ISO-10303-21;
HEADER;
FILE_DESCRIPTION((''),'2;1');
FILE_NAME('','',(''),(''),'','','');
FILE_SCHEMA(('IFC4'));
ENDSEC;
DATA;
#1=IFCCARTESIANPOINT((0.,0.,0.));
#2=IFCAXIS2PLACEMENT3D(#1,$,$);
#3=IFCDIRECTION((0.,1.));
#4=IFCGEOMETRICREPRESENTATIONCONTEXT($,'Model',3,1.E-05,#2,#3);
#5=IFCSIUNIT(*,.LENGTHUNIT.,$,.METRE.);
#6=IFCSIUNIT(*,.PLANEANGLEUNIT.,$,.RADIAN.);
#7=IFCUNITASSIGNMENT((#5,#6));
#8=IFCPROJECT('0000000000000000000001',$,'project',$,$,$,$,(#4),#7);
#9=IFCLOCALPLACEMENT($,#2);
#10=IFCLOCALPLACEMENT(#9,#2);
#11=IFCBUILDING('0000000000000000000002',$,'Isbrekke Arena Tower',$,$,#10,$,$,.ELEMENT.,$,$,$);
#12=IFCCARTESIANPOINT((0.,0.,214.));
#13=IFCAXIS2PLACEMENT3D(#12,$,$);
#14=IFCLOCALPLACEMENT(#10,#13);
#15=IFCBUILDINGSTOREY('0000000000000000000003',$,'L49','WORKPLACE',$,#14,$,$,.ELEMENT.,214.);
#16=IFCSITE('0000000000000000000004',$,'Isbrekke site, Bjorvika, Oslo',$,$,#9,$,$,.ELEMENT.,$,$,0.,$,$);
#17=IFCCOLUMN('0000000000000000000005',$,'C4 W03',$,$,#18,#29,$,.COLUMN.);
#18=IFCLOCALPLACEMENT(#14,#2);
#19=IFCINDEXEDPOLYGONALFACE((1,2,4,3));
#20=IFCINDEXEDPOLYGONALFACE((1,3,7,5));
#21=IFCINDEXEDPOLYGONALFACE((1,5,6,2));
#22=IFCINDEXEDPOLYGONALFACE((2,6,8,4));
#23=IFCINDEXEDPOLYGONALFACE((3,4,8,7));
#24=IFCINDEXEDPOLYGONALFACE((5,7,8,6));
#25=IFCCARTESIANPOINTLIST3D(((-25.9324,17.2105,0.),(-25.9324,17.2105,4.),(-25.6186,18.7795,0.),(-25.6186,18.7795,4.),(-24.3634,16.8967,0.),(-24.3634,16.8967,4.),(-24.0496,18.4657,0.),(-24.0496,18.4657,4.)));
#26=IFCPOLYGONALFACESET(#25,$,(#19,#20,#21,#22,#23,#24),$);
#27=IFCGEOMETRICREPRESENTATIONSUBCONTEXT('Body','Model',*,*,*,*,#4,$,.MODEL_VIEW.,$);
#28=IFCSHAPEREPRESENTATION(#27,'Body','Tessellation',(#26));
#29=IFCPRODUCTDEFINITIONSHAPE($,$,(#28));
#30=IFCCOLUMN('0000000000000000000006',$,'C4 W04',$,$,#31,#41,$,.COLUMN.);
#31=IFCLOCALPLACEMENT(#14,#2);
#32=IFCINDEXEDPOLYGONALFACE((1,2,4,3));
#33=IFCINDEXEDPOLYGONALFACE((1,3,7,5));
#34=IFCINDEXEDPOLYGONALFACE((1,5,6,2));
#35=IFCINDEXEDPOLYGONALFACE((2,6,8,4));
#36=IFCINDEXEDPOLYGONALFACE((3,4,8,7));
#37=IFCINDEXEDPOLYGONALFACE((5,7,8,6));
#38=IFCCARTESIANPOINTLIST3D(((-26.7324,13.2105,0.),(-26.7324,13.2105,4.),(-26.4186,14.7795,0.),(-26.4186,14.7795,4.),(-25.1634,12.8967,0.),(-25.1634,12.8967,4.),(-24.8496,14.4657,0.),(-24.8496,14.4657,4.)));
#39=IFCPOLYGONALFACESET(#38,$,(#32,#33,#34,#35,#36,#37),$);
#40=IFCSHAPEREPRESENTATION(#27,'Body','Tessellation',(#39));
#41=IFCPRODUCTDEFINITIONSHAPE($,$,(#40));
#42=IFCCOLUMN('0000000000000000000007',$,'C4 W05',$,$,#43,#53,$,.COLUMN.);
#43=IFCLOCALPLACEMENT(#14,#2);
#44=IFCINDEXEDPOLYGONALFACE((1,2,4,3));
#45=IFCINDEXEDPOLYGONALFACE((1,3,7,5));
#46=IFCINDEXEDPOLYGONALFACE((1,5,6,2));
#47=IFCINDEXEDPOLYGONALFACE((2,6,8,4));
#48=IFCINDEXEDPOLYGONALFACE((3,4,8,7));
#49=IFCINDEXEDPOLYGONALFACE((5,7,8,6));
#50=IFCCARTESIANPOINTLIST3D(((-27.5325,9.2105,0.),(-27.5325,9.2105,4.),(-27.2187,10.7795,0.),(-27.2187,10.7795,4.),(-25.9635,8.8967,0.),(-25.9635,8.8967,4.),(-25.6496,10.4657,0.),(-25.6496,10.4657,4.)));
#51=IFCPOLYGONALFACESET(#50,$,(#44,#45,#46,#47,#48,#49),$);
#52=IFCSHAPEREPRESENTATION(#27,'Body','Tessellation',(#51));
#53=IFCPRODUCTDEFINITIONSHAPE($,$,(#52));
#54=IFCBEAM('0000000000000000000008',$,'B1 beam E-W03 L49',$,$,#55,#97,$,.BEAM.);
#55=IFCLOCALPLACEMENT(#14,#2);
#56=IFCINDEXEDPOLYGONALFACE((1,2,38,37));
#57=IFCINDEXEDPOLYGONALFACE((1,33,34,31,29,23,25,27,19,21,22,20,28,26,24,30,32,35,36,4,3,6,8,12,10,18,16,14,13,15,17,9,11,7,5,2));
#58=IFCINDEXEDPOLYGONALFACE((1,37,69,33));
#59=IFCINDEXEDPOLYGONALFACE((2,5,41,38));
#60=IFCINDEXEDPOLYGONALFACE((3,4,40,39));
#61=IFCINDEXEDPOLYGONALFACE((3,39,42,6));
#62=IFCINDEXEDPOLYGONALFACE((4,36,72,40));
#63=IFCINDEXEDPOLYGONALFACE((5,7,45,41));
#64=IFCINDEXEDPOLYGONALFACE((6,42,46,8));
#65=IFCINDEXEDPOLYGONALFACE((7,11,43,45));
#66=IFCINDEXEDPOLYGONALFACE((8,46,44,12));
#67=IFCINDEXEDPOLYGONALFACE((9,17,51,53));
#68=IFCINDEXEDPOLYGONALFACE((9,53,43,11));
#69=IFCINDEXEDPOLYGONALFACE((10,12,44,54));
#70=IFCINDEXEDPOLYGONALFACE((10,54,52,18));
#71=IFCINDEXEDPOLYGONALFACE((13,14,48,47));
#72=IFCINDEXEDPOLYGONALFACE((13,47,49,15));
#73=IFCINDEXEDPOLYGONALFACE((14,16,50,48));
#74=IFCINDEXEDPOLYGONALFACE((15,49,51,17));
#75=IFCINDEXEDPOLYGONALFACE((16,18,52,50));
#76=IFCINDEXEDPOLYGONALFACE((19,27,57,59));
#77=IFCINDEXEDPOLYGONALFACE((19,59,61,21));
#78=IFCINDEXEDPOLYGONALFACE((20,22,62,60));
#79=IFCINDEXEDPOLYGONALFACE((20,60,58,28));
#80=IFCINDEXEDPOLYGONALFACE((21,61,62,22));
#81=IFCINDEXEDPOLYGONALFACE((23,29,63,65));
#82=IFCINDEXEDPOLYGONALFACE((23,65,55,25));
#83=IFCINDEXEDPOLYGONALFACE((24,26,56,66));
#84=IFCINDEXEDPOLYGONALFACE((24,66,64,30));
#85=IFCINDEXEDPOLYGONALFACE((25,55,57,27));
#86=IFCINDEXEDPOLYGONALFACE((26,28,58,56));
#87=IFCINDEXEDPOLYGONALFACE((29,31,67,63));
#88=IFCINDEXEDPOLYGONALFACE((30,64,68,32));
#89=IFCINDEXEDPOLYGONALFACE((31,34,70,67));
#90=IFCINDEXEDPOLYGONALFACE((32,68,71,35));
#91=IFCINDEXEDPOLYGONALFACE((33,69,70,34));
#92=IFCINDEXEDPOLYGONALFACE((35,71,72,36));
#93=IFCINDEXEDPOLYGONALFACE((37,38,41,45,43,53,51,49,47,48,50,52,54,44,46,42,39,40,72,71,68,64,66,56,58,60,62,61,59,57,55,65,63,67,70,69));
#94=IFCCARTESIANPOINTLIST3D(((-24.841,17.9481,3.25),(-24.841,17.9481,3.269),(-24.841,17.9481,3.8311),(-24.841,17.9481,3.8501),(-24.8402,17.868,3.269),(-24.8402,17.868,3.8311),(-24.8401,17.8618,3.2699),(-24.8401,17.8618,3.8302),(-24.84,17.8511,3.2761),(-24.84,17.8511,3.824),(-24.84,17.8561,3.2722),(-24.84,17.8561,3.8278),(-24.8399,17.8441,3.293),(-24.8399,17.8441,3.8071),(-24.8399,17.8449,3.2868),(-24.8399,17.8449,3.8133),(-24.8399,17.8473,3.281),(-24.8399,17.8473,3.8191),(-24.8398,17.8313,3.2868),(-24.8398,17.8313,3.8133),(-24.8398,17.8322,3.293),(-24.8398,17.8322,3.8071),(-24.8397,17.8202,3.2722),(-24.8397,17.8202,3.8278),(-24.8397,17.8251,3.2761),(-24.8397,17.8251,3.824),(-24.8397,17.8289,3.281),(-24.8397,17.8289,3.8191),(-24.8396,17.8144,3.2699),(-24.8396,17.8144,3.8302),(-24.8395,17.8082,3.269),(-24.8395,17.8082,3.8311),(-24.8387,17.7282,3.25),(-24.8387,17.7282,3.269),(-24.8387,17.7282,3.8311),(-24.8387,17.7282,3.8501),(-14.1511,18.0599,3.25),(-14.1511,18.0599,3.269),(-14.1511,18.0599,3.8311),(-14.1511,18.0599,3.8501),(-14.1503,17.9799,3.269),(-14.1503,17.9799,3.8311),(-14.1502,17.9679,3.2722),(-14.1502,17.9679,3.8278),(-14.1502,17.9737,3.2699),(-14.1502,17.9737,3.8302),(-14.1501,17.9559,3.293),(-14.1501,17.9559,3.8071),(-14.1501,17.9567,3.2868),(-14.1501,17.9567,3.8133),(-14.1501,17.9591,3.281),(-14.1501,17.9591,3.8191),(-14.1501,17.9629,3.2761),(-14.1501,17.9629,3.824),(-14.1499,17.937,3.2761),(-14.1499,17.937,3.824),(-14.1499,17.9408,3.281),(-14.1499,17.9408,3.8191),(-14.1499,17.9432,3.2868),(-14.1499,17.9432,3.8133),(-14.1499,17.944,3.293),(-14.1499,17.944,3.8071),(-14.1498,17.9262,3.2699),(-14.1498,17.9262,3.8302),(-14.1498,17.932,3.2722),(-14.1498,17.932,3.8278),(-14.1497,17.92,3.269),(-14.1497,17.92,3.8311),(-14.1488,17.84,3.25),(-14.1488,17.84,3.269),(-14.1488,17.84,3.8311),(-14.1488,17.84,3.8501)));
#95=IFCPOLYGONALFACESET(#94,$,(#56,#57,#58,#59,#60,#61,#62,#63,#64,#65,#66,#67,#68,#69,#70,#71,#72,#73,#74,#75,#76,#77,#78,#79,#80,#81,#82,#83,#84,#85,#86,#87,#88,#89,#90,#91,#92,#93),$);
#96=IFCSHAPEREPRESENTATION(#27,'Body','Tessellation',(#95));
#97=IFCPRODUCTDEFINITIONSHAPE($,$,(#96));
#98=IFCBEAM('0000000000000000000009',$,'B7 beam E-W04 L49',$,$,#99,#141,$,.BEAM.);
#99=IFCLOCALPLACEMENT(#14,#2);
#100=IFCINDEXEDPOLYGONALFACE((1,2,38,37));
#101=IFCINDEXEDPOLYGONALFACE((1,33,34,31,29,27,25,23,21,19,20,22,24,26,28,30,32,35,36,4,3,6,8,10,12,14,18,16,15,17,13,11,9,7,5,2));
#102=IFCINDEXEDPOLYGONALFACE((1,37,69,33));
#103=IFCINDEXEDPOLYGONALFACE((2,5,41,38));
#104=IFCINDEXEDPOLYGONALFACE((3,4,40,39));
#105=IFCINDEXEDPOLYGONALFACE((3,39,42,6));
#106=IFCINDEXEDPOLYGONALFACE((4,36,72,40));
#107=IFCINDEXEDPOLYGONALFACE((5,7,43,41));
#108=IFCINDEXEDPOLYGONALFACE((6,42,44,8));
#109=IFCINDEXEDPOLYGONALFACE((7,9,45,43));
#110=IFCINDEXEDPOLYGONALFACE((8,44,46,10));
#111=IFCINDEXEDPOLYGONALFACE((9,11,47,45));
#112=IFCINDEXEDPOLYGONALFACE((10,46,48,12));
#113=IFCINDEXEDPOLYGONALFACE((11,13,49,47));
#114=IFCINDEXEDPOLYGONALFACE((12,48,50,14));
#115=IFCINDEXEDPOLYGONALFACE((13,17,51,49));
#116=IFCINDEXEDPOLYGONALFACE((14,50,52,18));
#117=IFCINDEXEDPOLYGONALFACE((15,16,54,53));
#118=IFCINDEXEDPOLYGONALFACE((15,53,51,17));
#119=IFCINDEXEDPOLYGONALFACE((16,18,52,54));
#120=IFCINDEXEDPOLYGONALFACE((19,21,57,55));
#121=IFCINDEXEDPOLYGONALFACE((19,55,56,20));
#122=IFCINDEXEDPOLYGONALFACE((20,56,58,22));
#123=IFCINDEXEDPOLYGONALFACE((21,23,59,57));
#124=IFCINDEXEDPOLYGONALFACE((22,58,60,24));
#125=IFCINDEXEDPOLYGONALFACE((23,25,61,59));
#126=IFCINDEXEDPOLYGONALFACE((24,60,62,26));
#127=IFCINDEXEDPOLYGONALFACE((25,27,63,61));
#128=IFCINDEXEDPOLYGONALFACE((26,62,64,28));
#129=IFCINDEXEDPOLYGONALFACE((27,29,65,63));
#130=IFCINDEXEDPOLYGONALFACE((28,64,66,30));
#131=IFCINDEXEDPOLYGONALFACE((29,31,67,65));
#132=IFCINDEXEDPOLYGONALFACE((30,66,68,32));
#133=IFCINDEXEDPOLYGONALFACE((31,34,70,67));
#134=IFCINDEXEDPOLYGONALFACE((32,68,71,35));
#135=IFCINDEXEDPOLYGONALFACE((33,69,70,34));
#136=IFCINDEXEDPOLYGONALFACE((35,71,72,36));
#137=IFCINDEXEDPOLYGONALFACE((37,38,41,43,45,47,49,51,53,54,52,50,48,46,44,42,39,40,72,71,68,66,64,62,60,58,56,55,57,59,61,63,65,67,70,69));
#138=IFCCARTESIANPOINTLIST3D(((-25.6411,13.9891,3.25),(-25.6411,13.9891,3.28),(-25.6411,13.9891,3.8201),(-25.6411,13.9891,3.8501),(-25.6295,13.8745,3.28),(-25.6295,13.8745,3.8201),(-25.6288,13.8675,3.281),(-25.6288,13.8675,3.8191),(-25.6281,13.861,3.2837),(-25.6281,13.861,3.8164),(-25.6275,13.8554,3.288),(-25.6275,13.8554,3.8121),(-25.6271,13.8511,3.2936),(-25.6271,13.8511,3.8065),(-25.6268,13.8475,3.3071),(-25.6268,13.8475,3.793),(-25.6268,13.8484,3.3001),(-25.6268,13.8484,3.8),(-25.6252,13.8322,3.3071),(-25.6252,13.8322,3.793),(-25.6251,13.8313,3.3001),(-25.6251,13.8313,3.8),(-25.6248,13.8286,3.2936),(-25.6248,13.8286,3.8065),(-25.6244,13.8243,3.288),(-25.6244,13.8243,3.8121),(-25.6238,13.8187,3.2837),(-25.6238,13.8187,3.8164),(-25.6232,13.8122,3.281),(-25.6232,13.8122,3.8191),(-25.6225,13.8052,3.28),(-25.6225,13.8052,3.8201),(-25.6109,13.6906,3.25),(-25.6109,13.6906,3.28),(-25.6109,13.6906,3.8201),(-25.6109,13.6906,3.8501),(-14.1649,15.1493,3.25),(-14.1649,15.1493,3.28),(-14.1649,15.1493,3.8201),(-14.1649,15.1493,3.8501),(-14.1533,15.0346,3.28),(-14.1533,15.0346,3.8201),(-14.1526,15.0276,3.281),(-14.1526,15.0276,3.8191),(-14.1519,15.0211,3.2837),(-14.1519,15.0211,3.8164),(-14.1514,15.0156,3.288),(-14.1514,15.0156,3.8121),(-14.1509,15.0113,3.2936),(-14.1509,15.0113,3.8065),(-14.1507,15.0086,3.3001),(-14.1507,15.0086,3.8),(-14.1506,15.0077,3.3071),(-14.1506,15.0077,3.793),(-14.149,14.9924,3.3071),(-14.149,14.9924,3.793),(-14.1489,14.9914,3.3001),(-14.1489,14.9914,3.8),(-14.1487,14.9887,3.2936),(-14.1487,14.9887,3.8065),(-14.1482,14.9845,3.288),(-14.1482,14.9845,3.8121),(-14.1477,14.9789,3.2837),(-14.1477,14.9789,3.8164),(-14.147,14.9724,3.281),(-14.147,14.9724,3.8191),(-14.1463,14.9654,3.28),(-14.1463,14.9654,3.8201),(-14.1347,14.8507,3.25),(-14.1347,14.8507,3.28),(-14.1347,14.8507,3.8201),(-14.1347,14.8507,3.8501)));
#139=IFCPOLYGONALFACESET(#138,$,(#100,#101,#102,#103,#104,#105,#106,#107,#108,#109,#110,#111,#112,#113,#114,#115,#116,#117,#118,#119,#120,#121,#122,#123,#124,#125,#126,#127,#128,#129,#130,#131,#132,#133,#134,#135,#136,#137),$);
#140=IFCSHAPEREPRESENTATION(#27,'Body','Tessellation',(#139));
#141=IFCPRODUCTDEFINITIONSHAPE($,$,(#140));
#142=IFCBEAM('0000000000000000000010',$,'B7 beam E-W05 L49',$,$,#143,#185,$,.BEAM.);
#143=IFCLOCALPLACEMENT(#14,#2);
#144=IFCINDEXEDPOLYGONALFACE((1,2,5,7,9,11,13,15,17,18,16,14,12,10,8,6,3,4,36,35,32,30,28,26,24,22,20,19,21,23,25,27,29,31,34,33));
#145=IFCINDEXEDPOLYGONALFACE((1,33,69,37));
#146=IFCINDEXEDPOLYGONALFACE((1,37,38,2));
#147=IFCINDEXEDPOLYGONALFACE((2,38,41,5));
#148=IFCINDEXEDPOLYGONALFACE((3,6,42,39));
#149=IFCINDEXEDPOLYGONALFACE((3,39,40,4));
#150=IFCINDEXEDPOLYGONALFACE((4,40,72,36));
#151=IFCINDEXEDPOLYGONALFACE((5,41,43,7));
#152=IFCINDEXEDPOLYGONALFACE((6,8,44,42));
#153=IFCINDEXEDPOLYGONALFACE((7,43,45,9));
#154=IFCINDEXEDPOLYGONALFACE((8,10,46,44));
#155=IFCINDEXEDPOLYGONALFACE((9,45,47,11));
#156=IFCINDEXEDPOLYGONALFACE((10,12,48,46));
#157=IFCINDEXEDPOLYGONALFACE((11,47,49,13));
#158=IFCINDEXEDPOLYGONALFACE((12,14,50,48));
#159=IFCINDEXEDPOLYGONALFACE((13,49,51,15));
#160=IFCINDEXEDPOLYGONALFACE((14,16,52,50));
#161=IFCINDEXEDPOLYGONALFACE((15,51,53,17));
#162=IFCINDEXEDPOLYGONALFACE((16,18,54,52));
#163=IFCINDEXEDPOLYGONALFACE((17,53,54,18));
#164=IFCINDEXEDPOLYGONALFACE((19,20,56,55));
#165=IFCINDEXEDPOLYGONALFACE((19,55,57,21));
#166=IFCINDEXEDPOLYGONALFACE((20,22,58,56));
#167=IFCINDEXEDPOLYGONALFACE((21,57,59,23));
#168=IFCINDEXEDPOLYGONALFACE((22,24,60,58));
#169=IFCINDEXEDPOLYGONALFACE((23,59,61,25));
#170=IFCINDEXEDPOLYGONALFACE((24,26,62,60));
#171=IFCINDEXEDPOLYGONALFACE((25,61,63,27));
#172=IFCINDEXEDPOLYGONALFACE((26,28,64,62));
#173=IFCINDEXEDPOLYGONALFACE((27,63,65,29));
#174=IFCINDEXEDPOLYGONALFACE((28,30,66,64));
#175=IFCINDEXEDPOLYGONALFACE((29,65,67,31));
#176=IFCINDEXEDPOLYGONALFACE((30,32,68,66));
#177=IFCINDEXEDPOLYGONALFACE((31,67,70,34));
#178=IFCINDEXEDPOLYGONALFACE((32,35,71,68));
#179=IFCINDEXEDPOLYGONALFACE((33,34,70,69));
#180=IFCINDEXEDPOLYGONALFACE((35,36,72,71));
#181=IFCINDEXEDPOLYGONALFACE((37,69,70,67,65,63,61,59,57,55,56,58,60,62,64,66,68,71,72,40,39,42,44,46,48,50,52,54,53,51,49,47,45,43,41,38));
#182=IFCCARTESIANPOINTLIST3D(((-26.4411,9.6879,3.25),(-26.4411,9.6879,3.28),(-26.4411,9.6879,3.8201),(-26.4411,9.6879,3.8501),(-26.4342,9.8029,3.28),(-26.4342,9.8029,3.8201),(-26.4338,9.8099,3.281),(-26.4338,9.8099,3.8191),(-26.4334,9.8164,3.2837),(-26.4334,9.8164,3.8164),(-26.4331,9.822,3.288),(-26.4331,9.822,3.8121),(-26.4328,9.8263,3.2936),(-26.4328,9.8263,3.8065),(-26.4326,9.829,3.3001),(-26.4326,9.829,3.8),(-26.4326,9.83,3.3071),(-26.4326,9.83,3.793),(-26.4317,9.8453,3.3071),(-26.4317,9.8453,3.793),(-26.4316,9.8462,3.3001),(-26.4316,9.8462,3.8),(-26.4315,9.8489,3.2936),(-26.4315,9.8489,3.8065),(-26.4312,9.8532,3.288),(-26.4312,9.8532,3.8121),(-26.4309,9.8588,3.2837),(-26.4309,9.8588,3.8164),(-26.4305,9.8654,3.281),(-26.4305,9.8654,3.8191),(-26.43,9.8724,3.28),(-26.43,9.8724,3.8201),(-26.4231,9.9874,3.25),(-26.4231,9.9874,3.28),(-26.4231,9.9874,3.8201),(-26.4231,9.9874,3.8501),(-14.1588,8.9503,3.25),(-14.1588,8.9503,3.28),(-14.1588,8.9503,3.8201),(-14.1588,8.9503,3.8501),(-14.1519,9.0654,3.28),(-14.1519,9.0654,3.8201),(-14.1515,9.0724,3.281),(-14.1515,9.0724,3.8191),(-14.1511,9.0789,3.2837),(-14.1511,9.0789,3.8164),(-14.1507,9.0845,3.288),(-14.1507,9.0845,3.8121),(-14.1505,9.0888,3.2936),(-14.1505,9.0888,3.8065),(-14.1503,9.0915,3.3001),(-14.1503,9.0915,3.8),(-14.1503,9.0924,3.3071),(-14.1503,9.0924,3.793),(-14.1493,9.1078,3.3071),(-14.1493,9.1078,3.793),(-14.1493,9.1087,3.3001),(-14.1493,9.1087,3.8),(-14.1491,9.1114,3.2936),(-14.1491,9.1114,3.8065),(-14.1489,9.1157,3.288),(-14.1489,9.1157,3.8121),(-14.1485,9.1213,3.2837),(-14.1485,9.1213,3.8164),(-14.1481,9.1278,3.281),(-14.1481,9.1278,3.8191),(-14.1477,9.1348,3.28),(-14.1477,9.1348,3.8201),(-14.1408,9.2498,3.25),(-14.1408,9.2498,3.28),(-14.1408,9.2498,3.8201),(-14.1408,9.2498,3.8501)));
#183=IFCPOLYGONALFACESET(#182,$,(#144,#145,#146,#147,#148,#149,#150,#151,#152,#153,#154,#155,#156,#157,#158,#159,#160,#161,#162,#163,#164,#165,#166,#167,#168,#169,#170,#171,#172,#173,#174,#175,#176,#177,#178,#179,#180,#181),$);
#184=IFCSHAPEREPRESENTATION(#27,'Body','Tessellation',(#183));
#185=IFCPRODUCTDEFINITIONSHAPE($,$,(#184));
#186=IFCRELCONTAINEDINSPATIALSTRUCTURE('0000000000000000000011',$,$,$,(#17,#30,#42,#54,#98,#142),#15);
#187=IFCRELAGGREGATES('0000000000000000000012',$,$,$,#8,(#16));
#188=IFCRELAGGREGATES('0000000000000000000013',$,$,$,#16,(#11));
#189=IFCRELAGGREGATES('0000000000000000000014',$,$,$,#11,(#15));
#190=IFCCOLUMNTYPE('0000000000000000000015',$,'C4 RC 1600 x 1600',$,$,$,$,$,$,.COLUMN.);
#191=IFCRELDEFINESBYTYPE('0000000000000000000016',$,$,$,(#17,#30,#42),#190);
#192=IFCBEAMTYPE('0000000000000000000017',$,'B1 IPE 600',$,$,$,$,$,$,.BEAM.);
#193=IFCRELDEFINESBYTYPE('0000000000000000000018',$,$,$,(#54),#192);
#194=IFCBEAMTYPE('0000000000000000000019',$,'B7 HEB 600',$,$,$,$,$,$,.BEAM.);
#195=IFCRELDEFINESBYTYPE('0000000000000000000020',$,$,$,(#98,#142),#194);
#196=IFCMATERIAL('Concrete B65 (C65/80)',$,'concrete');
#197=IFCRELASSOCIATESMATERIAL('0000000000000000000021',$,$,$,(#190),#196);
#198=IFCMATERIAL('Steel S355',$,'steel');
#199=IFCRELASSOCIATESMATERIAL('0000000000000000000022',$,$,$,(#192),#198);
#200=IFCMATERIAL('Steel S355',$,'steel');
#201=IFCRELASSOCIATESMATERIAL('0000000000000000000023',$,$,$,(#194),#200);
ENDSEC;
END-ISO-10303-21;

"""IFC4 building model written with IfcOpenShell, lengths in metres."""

from ifc_helpers import new_model, si_unit, direction, frame, origin, origin_2d, place, context, subcontext, project, spatial, rectangle, i_section, extrude, material, material_profile, profile_set, type_object, element, save


model = new_model("IFC4")

# Units and contexts
model_context = context("Model", 3, precision=1e-05, world=origin(), true_north=direction((0.0, 1.0)))
body_context = subcontext(model_context, "Body", "Model", "MODEL_VIEW")
ifc_project = project(units=[si_unit("LENGTHUNIT", "METRE"), si_unit("PLANEANGLEUNIT", "RADIAN")], contexts=[model_context])

# Site, building, storey
site_placement = place(None, origin())
site = spatial("IfcSite", under=ifc_project, at=site_placement, Name="Isbrekke site, Bjorvika, Oslo", CompositionType="ELEMENT", RefElevation=0.0)
building_placement = place(site_placement, origin())
building = spatial("IfcBuilding", under=site, at=building_placement, Name="Isbrekke Arena Tower", CompositionType="ELEMENT")
storey_placement = place(building_placement, frame((0.0, 0.0, 214.0)))
storey = spatial("IfcBuildingStorey", under=building, at=storey_placement, Name="L49", Description="WORKPLACE", CompositionType="ELEMENT", Elevation=214.0)

# Columns
ifc_material_1 = material(Name="Concrete B65 (C65/80)", Category="concrete")
ifc_material_profile_1 = material_profile(ifc_material_1, rectangle(XDim=1.6001, YDim=1.6001, at=origin_2d()), Name="RC 1600x1600")
ifc_profile_set_1 = profile_set([ifc_material_profile_1], Name="Concrete B65 (C65/80)")
column_type = type_object("IfcColumnType", Name="C4 RC 1600 x 1600", PredefinedType="COLUMN", material=ifc_profile_set_1)
for number, where, z_axis, x_axis, name in (
    (1, (-24.991, 17.8381, 0.0), (0.0, 0.0, 1.0), (-0.196116, -0.980581, 0.0), "C4 W03"),
    (2, (-25.791, 13.8381, 0.0), (0.0, 0.0, 1.0), (-0.196116, -0.980581, 0.0), "C4 W04"),
    (3, (-26.5911, 9.8381, 0.0), (0.0, 0.0, 1.0), (-0.196116, -0.980581, 0.0), "C4 W05"),
):
    element("IfcColumn", number, at=place(storey_placement, frame(where, z_axis=z_axis, x_axis=x_axis)), inside=storey, type_object=column_type, Name=name, PredefinedType="COLUMN", context=body_context, shape_type="SweptSolid", body=[
        extrude(rectangle(XDim=1.6001, YDim=1.6001, at=origin_2d()), origin(), (0.0, 0.0, 1.0), 4.0),
    ])

# Beams
ifc_material_2 = material(Name="Steel S355", Category="steel")
ifc_material_profile_2 = material_profile(ifc_material_2, i_section(OverallWidth=0.22, OverallDepth=0.6001, WebThickness=0.012, FlangeThickness=0.019, FilletRadius=0.0239, at=origin_2d()), Name="IPE 600")
ifc_profile_set_2 = profile_set([ifc_material_profile_2], Name="Steel S355")
beam_type_1 = type_object("IfcBeamType", Name="B1 IPE 600", PredefinedType="BEAM", material=ifc_profile_set_2)
beam_1_placement = place(storey_placement, frame((-24.8398, 17.8381, 3.55), z_axis=(0.999945, 0.010459, 0.0), x_axis=(-0.010459, 0.999945, 0.0)))
element("IfcBeam", 4, at=beam_1_placement, inside=storey, type_object=beam_type_1, Name="B1 beam E-W03 L49", PredefinedType="BEAM", context=body_context, shape_type="SweptSolid", body=[
    extrude(i_section(OverallWidth=0.22, OverallDepth=0.6001, WebThickness=0.012, FlangeThickness=0.019, FilletRadius=0.0239, at=origin_2d()), origin(), (0.0, 0.0, 1.0), 10.6904),
])
ifc_material_3 = material(Name="Steel S355", Category="steel")
ifc_material_profile_3 = material_profile(ifc_material_3, i_section(OverallWidth=0.3, OverallDepth=0.6001, WebThickness=0.0154, FlangeThickness=0.03, FilletRadius=0.0271, at=origin_2d()), Name="HEB 600")
ifc_profile_set_3 = profile_set([ifc_material_profile_3], Name="Steel S355")
beam_type_2 = type_object("IfcBeamType", Name="B7 HEB 600", PredefinedType="BEAM", material=ifc_profile_set_3)
beam_2_placement = place(storey_placement, frame((-25.626, 13.8398, 3.55), z_axis=(0.994929, 0.100581, 0.0), x_axis=(-0.100581, 0.994929, 0.0)))
element("IfcBeam", 5, at=beam_2_placement, inside=storey, type_object=beam_type_2, Name="B7 beam E-W04 L49", PredefinedType="BEAM", context=body_context, shape_type="SweptSolid", body=[
    extrude(i_section(OverallWidth=0.3, OverallDepth=0.6001, WebThickness=0.0154, FlangeThickness=0.03, FilletRadius=0.0271, at=origin_2d()), origin(), (0.0, 0.0, 1.0), 11.5347),
])
beam_3_placement = place(storey_placement, frame((-26.4321, 9.8376, 3.55), z_axis=(0.998202, -0.059942, 0.0), x_axis=(0.059942, 0.998202, 0.0)))
element("IfcBeam", 6, at=beam_3_placement, inside=storey, type_object=beam_type_2, Name="B7 beam E-W05 L49", PredefinedType="BEAM", context=body_context, shape_type="SweptSolid", body=[
    extrude(i_section(OverallWidth=0.3, OverallDepth=0.6001, WebThickness=0.0154, FlangeThickness=0.03, FilletRadius=0.0271, at=origin_2d()), origin(), (0.0, 0.0, 1.0), 12.3044),
])

save(model, "model.ifc")
